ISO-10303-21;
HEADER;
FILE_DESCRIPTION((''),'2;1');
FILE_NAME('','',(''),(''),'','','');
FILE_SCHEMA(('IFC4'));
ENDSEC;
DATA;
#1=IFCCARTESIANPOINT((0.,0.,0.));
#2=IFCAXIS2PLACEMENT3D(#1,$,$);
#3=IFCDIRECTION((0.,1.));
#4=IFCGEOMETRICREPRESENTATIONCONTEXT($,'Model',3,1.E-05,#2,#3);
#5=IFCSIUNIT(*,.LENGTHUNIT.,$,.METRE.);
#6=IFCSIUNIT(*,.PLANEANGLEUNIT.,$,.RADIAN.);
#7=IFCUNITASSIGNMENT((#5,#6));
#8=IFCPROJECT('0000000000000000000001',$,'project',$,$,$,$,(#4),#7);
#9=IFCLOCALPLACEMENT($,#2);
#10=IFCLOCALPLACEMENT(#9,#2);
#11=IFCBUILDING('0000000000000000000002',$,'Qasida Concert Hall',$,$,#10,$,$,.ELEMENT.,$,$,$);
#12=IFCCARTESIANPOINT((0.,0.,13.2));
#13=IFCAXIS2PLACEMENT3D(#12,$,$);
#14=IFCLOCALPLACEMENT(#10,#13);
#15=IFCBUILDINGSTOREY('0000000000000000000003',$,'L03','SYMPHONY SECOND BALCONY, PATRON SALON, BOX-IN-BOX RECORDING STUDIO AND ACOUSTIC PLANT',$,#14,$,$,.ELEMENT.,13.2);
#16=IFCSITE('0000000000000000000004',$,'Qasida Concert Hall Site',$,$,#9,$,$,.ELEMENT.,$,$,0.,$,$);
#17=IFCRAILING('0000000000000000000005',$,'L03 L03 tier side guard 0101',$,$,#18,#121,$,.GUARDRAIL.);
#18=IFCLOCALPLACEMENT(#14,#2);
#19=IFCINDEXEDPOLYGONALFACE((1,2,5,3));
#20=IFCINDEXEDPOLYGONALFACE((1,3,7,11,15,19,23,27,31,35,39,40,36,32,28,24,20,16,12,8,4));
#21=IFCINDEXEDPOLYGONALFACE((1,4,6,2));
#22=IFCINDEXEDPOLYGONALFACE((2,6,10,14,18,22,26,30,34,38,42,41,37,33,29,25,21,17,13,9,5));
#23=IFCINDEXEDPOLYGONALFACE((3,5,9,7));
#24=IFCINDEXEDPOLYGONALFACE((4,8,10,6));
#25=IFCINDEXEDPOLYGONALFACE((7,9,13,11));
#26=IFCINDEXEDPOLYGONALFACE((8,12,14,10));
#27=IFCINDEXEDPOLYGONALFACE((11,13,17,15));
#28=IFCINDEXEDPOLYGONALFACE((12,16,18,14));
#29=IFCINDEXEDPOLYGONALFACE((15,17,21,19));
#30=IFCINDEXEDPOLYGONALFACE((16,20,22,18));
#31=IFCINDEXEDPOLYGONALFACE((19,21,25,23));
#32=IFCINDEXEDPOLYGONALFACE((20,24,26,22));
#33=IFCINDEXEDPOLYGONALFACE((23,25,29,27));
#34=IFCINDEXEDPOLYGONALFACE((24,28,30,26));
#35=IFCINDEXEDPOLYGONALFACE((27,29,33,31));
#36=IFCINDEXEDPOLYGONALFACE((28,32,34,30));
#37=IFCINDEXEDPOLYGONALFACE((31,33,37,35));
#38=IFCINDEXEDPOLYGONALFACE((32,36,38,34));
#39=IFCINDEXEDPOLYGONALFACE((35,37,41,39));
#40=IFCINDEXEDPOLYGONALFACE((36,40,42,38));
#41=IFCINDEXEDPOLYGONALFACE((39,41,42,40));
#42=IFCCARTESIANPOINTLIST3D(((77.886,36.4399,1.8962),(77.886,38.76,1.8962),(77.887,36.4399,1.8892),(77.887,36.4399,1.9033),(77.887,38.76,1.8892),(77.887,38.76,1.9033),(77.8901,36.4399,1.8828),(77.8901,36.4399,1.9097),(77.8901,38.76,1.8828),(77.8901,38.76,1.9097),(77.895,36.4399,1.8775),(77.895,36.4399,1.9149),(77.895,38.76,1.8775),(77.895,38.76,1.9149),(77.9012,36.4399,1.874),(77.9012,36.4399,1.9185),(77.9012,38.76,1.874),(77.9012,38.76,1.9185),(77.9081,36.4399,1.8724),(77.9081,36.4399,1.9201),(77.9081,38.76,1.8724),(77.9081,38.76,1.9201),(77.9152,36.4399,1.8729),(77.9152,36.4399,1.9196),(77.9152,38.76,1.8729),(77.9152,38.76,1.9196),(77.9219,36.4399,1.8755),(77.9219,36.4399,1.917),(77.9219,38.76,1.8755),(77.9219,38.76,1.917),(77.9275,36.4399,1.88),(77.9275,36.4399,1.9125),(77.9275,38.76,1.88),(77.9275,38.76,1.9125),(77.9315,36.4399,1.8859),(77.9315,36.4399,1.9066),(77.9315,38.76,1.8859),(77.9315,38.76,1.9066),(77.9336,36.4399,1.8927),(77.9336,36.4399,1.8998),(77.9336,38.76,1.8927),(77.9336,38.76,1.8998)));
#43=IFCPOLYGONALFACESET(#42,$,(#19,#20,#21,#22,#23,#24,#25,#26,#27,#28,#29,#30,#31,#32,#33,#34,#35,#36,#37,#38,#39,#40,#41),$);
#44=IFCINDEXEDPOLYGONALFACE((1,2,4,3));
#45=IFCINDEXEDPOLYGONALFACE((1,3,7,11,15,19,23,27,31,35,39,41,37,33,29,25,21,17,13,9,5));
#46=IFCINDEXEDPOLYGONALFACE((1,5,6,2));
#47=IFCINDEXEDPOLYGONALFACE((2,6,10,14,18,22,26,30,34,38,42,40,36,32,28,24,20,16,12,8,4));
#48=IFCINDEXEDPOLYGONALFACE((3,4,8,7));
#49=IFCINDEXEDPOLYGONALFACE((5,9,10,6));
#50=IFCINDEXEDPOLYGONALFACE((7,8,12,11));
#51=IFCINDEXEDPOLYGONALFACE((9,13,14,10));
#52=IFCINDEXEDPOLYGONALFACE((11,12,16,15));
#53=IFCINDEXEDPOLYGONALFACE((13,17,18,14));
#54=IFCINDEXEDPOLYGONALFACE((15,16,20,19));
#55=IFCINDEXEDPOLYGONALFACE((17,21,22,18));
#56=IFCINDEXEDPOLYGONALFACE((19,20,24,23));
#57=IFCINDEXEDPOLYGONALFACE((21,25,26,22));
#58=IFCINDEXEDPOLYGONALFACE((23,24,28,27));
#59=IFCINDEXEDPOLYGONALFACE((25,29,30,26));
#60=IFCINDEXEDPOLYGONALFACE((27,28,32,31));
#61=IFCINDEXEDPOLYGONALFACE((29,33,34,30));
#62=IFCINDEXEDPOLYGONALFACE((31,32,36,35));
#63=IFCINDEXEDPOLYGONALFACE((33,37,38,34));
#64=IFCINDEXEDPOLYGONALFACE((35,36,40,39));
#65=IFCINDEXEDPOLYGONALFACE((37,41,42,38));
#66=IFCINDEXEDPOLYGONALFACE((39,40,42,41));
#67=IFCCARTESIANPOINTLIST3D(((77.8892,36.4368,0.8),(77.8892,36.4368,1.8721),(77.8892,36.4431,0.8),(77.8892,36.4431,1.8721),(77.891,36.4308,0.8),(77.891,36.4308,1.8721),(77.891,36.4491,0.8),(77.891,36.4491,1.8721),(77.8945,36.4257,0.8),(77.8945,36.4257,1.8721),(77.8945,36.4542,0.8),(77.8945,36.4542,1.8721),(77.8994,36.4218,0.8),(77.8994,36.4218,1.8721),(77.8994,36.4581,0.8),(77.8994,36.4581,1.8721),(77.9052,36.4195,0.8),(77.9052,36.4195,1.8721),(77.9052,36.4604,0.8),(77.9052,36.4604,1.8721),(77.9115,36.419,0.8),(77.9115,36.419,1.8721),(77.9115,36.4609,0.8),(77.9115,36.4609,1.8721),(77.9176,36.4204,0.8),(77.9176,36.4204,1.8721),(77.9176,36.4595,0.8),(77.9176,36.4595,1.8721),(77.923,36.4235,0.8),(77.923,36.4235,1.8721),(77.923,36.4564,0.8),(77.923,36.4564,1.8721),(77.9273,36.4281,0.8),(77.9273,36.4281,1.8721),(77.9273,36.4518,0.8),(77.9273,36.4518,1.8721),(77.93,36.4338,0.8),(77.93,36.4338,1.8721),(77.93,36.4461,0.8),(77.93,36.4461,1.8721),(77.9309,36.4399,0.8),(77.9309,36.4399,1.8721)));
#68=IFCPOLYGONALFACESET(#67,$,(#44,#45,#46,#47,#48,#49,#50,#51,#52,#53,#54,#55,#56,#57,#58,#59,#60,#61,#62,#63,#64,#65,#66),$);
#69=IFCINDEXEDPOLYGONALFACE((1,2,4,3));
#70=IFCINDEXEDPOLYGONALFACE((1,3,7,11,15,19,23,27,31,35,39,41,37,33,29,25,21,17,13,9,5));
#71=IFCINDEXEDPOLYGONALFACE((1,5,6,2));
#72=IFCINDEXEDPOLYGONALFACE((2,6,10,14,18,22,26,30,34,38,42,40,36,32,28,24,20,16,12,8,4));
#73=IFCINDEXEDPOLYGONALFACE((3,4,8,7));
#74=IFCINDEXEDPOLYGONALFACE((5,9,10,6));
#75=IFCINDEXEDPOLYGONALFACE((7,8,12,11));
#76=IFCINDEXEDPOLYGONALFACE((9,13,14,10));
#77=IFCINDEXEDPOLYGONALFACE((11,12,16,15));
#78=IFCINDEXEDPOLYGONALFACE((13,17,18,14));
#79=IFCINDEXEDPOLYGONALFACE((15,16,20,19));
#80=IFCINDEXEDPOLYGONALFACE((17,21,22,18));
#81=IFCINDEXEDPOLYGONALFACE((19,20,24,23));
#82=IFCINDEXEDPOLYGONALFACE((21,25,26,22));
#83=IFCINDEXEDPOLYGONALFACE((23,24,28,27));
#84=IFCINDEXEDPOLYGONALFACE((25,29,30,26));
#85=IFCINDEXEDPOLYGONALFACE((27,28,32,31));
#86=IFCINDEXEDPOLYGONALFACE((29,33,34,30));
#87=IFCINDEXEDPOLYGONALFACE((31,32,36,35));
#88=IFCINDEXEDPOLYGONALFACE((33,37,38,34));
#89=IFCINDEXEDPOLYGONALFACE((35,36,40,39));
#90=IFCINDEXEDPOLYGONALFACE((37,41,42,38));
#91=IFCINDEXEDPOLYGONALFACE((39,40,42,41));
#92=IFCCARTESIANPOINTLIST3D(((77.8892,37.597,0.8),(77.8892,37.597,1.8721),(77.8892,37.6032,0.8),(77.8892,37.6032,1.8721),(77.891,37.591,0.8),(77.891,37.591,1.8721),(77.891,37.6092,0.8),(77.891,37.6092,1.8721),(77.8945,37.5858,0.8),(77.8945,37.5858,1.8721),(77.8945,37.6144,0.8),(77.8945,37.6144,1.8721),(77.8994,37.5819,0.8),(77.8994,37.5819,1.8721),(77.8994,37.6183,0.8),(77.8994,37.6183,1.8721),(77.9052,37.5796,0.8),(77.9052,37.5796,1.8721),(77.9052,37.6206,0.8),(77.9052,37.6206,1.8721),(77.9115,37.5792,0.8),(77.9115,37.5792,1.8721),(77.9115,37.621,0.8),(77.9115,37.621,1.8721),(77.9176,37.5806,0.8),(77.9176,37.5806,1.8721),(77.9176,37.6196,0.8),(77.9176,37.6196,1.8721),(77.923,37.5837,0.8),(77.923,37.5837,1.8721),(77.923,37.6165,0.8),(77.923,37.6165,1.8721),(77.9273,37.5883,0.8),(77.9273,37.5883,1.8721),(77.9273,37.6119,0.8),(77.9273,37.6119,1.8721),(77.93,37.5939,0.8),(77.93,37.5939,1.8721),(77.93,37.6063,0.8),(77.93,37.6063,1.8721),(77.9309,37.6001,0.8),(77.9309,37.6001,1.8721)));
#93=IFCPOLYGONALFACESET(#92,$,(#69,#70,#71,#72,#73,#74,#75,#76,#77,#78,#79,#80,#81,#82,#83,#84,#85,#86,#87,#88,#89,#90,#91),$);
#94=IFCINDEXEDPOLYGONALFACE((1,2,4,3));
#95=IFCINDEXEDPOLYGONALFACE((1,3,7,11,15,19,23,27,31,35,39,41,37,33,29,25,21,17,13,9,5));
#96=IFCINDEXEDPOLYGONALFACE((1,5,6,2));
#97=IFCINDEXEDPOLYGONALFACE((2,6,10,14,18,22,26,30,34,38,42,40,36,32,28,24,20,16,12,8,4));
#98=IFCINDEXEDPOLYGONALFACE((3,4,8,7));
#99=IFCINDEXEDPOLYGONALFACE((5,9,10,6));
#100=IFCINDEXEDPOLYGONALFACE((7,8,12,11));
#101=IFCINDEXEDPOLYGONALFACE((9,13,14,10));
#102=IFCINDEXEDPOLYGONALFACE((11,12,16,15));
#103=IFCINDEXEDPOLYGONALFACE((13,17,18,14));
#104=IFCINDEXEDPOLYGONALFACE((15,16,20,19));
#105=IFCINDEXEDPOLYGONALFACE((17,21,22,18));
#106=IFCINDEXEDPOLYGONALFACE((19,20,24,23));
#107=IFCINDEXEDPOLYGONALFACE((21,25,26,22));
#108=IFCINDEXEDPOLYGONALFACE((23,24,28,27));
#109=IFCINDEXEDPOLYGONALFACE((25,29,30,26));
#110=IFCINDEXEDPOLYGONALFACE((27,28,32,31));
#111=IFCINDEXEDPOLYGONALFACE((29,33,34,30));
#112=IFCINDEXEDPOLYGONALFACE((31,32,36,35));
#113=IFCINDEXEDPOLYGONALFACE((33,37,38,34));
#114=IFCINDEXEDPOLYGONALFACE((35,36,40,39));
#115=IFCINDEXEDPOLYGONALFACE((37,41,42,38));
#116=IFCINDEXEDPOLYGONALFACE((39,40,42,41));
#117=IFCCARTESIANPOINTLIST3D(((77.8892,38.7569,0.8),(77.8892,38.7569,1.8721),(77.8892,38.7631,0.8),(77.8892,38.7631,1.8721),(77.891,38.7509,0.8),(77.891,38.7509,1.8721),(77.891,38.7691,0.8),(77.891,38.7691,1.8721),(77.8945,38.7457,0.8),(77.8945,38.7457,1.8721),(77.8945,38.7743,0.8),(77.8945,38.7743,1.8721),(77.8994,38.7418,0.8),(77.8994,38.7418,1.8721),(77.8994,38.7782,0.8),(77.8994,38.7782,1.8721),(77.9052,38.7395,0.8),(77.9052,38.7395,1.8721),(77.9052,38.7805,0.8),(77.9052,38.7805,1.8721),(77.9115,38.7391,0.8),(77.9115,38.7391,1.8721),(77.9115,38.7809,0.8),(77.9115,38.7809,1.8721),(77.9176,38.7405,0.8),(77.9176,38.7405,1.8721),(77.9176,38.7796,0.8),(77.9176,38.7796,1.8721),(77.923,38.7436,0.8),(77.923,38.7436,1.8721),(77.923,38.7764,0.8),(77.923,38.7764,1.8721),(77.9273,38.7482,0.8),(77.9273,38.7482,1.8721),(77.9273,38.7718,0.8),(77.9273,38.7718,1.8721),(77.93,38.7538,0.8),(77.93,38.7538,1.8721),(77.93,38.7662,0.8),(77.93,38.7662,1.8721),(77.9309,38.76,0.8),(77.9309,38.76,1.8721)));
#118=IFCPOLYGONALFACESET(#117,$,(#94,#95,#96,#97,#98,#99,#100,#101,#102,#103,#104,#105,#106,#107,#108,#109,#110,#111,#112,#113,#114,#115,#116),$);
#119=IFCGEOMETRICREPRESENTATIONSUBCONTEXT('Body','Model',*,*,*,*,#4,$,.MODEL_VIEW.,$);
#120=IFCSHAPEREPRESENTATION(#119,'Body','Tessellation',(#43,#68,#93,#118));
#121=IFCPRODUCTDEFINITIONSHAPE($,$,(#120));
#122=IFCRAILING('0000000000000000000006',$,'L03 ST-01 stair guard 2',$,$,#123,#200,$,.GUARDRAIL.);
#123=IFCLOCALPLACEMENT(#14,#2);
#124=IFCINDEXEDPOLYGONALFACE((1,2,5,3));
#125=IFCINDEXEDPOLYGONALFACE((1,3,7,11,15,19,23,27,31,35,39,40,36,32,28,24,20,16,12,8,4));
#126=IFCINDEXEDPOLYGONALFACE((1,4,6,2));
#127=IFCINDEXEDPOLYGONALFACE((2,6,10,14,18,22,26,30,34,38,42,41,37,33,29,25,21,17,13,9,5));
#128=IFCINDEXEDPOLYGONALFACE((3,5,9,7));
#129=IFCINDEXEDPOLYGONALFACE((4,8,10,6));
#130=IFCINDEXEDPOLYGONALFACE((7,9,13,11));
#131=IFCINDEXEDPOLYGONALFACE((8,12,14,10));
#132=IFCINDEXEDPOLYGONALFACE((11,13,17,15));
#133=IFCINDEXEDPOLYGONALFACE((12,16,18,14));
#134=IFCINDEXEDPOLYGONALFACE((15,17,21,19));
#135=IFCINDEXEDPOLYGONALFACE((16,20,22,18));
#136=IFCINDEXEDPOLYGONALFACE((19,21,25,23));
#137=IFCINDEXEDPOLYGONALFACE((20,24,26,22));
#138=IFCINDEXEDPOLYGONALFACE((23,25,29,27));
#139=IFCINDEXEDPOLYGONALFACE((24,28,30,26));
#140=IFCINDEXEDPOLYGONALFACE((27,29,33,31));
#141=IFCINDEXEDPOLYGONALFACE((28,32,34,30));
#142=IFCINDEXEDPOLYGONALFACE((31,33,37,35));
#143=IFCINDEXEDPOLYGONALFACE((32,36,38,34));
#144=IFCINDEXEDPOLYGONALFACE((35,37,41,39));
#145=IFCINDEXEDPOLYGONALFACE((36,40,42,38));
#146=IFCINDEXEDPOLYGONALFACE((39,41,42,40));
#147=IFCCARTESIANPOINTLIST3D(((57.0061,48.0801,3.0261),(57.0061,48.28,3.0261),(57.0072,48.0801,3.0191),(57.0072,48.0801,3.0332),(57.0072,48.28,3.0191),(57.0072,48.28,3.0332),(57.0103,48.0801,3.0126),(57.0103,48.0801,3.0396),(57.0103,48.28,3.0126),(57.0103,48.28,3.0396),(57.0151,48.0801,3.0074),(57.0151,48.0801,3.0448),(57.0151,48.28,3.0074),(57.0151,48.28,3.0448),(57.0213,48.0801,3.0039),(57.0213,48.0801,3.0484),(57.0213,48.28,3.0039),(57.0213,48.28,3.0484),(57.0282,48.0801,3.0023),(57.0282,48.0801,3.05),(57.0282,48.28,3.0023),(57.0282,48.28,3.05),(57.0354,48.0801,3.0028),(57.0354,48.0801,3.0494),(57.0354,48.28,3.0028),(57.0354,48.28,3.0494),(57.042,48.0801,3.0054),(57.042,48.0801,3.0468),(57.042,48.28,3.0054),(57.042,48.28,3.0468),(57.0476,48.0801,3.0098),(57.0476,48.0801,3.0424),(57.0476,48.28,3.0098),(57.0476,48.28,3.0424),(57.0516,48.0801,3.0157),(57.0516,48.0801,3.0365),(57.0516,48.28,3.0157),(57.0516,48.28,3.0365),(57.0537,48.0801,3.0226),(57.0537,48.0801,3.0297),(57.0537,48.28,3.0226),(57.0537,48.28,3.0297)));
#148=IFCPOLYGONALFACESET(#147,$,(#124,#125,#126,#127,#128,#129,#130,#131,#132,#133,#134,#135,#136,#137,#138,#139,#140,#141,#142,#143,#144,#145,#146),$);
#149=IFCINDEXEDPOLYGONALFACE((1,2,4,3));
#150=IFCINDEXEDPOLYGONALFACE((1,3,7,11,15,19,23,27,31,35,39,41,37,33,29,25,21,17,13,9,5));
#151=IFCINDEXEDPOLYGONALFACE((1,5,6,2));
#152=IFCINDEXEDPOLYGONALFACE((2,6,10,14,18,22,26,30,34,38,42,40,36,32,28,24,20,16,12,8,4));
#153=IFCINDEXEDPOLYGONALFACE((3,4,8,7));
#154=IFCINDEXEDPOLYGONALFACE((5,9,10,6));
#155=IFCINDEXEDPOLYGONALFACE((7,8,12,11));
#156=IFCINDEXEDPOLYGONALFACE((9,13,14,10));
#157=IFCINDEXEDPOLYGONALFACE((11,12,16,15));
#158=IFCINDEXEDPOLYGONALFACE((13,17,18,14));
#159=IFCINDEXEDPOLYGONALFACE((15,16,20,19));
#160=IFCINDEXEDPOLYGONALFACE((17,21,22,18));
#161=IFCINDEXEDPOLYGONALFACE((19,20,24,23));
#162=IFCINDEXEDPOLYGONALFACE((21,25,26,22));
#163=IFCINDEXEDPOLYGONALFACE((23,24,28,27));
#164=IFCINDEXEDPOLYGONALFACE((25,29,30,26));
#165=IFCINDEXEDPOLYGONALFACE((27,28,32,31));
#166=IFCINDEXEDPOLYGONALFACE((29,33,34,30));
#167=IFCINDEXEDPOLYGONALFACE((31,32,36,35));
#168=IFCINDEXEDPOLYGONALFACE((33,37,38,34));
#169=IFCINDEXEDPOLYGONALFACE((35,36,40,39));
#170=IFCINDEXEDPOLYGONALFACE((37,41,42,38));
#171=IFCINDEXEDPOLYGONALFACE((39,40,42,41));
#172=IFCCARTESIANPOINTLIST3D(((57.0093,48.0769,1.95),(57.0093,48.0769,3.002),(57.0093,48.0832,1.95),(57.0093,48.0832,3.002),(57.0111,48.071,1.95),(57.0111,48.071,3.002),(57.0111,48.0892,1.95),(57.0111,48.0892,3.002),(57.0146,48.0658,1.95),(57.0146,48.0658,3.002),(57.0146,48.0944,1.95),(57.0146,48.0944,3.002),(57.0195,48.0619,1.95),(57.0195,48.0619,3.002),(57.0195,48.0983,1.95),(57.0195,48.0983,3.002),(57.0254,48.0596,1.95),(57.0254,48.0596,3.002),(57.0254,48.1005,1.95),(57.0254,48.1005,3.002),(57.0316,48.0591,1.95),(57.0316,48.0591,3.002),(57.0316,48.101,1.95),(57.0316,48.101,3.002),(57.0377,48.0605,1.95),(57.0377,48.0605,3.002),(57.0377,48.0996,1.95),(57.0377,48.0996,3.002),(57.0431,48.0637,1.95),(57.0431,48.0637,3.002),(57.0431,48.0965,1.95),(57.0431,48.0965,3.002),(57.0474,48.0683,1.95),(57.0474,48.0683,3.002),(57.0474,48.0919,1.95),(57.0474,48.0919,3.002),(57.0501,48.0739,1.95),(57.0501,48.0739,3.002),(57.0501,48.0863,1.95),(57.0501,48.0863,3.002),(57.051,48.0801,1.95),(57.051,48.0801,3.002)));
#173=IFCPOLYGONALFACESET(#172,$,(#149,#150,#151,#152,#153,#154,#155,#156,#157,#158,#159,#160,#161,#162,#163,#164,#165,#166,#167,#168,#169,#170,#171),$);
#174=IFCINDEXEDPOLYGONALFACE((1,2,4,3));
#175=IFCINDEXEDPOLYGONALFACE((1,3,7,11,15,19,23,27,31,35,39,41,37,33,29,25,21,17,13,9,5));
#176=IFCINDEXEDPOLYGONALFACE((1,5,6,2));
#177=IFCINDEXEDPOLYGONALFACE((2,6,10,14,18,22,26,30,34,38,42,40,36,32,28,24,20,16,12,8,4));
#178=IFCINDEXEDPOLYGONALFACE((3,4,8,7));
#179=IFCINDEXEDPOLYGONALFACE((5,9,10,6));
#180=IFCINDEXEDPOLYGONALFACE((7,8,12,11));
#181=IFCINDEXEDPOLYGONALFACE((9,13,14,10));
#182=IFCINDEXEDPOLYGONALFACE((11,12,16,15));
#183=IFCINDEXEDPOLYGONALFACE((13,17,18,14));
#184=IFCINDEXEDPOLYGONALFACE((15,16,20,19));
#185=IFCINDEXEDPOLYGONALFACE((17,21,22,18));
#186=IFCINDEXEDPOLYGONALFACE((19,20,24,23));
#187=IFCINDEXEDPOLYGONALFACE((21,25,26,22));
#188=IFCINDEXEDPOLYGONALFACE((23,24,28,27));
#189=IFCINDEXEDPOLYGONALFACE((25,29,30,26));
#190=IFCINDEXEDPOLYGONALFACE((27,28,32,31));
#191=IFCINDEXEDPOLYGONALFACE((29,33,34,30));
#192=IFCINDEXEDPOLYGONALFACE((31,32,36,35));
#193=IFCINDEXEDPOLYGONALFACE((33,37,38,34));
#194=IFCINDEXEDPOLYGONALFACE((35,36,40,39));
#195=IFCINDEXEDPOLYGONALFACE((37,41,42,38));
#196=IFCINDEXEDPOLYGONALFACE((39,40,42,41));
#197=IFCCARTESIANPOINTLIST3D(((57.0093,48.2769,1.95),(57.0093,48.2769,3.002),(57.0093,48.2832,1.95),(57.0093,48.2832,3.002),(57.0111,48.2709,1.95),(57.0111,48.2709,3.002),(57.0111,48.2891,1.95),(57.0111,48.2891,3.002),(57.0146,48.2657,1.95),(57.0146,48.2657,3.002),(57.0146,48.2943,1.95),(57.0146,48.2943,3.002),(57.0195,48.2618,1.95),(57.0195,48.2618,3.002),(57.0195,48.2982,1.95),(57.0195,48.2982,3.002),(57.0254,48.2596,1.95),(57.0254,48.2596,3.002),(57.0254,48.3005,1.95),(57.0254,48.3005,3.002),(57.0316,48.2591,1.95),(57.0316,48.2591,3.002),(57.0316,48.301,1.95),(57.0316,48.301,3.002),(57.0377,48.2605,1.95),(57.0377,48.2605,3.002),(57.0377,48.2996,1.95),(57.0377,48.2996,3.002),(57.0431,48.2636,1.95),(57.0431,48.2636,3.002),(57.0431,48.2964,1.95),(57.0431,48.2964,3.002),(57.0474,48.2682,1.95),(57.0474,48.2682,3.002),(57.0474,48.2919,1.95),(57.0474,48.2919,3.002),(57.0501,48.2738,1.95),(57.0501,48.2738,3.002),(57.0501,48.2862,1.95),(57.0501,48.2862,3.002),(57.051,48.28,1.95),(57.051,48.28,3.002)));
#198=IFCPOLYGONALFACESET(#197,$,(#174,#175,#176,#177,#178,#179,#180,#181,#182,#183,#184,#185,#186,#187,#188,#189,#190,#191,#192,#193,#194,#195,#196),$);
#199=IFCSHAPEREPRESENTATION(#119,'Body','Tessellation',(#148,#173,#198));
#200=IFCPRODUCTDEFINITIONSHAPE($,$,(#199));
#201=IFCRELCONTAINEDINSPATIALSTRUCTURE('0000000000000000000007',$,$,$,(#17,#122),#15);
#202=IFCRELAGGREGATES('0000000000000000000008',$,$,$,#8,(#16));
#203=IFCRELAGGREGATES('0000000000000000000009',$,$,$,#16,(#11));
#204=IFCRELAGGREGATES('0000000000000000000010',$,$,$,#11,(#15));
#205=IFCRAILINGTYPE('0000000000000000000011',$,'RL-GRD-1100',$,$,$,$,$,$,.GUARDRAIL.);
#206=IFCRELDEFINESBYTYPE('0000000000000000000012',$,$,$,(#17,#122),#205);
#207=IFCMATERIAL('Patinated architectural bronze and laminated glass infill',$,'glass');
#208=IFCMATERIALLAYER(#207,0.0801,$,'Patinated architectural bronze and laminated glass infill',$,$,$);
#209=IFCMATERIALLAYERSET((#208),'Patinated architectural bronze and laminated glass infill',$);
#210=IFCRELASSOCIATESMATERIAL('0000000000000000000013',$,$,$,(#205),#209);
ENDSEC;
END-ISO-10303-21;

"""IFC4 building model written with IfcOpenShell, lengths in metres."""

from ifc_helpers import new_model, si_unit, direction, frame, origin, origin_2d, place, context, subcontext, project, spatial, circle, extrude, material, layer, layer_set, type_object, element, save


model = new_model("IFC4")

# Units and contexts
model_context = context("Model", 3, precision=1e-05, world=origin(), true_north=direction((0.0, 1.0)))
body_context = subcontext(model_context, "Body", "Model", "MODEL_VIEW")
ifc_project = project(units=[si_unit("LENGTHUNIT", "METRE"), si_unit("PLANEANGLEUNIT", "RADIAN")], contexts=[model_context])

# Site, building, storey
site_placement = place(None, origin())
site = spatial("IfcSite", under=ifc_project, at=site_placement, Name="Qasida Concert Hall Site", CompositionType="ELEMENT", RefElevation=0.0)
building_placement = place(site_placement, origin())
building = spatial("IfcBuilding", under=site, at=building_placement, Name="Qasida Concert Hall", CompositionType="ELEMENT")
storey_placement = place(building_placement, frame((0.0, 0.0, 13.2)))
storey = spatial("IfcBuildingStorey", under=building, at=storey_placement, Name="L03", Description="SYMPHONY SECOND BALCONY, PATRON SALON, BOX-IN-BOX RECORDING STUDIO AND ACOUSTIC PLANT", CompositionType="ELEMENT", Elevation=13.2)

# Railings
ifc_material_1 = material(Name="Patinated architectural bronze and laminated glass infill", Category="glass")
ifc_layer_1 = layer(ifc_material_1, 0.0801, Name="Patinated architectural bronze and laminated glass infill")
ifc_layer_set_1 = layer_set([ifc_layer_1], Name="Patinated architectural bronze and laminated glass infill")
railing_type_1 = type_object("IfcRailingType", Name="RL-GRD-1100", PredefinedType="GUARDRAIL", material=ifc_layer_set_1)
for number, where, name in (
    (1, (77.9099, 36.4399, 0.8), "L03 L03 tier side guard 0101"),
):
    element("IfcRailing", number, at=place(storey_placement, frame(where)), inside=storey, type_object=railing_type_1, Name=name, PredefinedType="GUARDRAIL", context=body_context, shape_type="SweptSolid", body=[
        extrude(circle(Radius=0.0239, at=origin_2d()), frame((0.0, 0.0, 1.0962), z_axis=(0.0, 1.0, 0.0), x_axis=(-1.0, 0.0, 0.0)), (0.0, 0.0, 1.0), 2.3201),
        extrude(circle(Radius=0.021, at=origin_2d()), origin(), (0.0, 0.0, 1.0), 1.072),
        extrude(circle(Radius=0.021, at=origin_2d()), frame((0.0, 1.1602, 0.0)), (0.0, 0.0, 1.0), 1.072),
        extrude(circle(Radius=0.021, at=origin_2d()), frame((0.0, 2.3201, 0.0)), (0.0, 0.0, 1.0), 1.072),
    ])
railing_1_placement = place(storey_placement, frame((57.03, 48.0801, 1.95)))
element("IfcRailing", 2, at=railing_1_placement, inside=storey, type_object=railing_type_1, Name="L03 ST-01 stair guard 2", PredefinedType="GUARDRAIL", context=body_context, shape_type="SweptSolid", body=[
    extrude(circle(Radius=0.0239, at=origin_2d()), frame((0.0, 0.0, 1.0762), z_axis=(0.0, 1.0, 0.0), x_axis=(-1.0, 0.0, 0.0)), (0.0, 0.0, 1.0), 0.2),
    extrude(circle(Radius=0.021, at=origin_2d()), origin(), (0.0, 0.0, 1.0), 1.052),
    extrude(circle(Radius=0.021, at=origin_2d()), frame((0.0, 0.2, 0.0)), (0.0, 0.0, 1.0), 1.052),
])

save(model, "model.ifc")
